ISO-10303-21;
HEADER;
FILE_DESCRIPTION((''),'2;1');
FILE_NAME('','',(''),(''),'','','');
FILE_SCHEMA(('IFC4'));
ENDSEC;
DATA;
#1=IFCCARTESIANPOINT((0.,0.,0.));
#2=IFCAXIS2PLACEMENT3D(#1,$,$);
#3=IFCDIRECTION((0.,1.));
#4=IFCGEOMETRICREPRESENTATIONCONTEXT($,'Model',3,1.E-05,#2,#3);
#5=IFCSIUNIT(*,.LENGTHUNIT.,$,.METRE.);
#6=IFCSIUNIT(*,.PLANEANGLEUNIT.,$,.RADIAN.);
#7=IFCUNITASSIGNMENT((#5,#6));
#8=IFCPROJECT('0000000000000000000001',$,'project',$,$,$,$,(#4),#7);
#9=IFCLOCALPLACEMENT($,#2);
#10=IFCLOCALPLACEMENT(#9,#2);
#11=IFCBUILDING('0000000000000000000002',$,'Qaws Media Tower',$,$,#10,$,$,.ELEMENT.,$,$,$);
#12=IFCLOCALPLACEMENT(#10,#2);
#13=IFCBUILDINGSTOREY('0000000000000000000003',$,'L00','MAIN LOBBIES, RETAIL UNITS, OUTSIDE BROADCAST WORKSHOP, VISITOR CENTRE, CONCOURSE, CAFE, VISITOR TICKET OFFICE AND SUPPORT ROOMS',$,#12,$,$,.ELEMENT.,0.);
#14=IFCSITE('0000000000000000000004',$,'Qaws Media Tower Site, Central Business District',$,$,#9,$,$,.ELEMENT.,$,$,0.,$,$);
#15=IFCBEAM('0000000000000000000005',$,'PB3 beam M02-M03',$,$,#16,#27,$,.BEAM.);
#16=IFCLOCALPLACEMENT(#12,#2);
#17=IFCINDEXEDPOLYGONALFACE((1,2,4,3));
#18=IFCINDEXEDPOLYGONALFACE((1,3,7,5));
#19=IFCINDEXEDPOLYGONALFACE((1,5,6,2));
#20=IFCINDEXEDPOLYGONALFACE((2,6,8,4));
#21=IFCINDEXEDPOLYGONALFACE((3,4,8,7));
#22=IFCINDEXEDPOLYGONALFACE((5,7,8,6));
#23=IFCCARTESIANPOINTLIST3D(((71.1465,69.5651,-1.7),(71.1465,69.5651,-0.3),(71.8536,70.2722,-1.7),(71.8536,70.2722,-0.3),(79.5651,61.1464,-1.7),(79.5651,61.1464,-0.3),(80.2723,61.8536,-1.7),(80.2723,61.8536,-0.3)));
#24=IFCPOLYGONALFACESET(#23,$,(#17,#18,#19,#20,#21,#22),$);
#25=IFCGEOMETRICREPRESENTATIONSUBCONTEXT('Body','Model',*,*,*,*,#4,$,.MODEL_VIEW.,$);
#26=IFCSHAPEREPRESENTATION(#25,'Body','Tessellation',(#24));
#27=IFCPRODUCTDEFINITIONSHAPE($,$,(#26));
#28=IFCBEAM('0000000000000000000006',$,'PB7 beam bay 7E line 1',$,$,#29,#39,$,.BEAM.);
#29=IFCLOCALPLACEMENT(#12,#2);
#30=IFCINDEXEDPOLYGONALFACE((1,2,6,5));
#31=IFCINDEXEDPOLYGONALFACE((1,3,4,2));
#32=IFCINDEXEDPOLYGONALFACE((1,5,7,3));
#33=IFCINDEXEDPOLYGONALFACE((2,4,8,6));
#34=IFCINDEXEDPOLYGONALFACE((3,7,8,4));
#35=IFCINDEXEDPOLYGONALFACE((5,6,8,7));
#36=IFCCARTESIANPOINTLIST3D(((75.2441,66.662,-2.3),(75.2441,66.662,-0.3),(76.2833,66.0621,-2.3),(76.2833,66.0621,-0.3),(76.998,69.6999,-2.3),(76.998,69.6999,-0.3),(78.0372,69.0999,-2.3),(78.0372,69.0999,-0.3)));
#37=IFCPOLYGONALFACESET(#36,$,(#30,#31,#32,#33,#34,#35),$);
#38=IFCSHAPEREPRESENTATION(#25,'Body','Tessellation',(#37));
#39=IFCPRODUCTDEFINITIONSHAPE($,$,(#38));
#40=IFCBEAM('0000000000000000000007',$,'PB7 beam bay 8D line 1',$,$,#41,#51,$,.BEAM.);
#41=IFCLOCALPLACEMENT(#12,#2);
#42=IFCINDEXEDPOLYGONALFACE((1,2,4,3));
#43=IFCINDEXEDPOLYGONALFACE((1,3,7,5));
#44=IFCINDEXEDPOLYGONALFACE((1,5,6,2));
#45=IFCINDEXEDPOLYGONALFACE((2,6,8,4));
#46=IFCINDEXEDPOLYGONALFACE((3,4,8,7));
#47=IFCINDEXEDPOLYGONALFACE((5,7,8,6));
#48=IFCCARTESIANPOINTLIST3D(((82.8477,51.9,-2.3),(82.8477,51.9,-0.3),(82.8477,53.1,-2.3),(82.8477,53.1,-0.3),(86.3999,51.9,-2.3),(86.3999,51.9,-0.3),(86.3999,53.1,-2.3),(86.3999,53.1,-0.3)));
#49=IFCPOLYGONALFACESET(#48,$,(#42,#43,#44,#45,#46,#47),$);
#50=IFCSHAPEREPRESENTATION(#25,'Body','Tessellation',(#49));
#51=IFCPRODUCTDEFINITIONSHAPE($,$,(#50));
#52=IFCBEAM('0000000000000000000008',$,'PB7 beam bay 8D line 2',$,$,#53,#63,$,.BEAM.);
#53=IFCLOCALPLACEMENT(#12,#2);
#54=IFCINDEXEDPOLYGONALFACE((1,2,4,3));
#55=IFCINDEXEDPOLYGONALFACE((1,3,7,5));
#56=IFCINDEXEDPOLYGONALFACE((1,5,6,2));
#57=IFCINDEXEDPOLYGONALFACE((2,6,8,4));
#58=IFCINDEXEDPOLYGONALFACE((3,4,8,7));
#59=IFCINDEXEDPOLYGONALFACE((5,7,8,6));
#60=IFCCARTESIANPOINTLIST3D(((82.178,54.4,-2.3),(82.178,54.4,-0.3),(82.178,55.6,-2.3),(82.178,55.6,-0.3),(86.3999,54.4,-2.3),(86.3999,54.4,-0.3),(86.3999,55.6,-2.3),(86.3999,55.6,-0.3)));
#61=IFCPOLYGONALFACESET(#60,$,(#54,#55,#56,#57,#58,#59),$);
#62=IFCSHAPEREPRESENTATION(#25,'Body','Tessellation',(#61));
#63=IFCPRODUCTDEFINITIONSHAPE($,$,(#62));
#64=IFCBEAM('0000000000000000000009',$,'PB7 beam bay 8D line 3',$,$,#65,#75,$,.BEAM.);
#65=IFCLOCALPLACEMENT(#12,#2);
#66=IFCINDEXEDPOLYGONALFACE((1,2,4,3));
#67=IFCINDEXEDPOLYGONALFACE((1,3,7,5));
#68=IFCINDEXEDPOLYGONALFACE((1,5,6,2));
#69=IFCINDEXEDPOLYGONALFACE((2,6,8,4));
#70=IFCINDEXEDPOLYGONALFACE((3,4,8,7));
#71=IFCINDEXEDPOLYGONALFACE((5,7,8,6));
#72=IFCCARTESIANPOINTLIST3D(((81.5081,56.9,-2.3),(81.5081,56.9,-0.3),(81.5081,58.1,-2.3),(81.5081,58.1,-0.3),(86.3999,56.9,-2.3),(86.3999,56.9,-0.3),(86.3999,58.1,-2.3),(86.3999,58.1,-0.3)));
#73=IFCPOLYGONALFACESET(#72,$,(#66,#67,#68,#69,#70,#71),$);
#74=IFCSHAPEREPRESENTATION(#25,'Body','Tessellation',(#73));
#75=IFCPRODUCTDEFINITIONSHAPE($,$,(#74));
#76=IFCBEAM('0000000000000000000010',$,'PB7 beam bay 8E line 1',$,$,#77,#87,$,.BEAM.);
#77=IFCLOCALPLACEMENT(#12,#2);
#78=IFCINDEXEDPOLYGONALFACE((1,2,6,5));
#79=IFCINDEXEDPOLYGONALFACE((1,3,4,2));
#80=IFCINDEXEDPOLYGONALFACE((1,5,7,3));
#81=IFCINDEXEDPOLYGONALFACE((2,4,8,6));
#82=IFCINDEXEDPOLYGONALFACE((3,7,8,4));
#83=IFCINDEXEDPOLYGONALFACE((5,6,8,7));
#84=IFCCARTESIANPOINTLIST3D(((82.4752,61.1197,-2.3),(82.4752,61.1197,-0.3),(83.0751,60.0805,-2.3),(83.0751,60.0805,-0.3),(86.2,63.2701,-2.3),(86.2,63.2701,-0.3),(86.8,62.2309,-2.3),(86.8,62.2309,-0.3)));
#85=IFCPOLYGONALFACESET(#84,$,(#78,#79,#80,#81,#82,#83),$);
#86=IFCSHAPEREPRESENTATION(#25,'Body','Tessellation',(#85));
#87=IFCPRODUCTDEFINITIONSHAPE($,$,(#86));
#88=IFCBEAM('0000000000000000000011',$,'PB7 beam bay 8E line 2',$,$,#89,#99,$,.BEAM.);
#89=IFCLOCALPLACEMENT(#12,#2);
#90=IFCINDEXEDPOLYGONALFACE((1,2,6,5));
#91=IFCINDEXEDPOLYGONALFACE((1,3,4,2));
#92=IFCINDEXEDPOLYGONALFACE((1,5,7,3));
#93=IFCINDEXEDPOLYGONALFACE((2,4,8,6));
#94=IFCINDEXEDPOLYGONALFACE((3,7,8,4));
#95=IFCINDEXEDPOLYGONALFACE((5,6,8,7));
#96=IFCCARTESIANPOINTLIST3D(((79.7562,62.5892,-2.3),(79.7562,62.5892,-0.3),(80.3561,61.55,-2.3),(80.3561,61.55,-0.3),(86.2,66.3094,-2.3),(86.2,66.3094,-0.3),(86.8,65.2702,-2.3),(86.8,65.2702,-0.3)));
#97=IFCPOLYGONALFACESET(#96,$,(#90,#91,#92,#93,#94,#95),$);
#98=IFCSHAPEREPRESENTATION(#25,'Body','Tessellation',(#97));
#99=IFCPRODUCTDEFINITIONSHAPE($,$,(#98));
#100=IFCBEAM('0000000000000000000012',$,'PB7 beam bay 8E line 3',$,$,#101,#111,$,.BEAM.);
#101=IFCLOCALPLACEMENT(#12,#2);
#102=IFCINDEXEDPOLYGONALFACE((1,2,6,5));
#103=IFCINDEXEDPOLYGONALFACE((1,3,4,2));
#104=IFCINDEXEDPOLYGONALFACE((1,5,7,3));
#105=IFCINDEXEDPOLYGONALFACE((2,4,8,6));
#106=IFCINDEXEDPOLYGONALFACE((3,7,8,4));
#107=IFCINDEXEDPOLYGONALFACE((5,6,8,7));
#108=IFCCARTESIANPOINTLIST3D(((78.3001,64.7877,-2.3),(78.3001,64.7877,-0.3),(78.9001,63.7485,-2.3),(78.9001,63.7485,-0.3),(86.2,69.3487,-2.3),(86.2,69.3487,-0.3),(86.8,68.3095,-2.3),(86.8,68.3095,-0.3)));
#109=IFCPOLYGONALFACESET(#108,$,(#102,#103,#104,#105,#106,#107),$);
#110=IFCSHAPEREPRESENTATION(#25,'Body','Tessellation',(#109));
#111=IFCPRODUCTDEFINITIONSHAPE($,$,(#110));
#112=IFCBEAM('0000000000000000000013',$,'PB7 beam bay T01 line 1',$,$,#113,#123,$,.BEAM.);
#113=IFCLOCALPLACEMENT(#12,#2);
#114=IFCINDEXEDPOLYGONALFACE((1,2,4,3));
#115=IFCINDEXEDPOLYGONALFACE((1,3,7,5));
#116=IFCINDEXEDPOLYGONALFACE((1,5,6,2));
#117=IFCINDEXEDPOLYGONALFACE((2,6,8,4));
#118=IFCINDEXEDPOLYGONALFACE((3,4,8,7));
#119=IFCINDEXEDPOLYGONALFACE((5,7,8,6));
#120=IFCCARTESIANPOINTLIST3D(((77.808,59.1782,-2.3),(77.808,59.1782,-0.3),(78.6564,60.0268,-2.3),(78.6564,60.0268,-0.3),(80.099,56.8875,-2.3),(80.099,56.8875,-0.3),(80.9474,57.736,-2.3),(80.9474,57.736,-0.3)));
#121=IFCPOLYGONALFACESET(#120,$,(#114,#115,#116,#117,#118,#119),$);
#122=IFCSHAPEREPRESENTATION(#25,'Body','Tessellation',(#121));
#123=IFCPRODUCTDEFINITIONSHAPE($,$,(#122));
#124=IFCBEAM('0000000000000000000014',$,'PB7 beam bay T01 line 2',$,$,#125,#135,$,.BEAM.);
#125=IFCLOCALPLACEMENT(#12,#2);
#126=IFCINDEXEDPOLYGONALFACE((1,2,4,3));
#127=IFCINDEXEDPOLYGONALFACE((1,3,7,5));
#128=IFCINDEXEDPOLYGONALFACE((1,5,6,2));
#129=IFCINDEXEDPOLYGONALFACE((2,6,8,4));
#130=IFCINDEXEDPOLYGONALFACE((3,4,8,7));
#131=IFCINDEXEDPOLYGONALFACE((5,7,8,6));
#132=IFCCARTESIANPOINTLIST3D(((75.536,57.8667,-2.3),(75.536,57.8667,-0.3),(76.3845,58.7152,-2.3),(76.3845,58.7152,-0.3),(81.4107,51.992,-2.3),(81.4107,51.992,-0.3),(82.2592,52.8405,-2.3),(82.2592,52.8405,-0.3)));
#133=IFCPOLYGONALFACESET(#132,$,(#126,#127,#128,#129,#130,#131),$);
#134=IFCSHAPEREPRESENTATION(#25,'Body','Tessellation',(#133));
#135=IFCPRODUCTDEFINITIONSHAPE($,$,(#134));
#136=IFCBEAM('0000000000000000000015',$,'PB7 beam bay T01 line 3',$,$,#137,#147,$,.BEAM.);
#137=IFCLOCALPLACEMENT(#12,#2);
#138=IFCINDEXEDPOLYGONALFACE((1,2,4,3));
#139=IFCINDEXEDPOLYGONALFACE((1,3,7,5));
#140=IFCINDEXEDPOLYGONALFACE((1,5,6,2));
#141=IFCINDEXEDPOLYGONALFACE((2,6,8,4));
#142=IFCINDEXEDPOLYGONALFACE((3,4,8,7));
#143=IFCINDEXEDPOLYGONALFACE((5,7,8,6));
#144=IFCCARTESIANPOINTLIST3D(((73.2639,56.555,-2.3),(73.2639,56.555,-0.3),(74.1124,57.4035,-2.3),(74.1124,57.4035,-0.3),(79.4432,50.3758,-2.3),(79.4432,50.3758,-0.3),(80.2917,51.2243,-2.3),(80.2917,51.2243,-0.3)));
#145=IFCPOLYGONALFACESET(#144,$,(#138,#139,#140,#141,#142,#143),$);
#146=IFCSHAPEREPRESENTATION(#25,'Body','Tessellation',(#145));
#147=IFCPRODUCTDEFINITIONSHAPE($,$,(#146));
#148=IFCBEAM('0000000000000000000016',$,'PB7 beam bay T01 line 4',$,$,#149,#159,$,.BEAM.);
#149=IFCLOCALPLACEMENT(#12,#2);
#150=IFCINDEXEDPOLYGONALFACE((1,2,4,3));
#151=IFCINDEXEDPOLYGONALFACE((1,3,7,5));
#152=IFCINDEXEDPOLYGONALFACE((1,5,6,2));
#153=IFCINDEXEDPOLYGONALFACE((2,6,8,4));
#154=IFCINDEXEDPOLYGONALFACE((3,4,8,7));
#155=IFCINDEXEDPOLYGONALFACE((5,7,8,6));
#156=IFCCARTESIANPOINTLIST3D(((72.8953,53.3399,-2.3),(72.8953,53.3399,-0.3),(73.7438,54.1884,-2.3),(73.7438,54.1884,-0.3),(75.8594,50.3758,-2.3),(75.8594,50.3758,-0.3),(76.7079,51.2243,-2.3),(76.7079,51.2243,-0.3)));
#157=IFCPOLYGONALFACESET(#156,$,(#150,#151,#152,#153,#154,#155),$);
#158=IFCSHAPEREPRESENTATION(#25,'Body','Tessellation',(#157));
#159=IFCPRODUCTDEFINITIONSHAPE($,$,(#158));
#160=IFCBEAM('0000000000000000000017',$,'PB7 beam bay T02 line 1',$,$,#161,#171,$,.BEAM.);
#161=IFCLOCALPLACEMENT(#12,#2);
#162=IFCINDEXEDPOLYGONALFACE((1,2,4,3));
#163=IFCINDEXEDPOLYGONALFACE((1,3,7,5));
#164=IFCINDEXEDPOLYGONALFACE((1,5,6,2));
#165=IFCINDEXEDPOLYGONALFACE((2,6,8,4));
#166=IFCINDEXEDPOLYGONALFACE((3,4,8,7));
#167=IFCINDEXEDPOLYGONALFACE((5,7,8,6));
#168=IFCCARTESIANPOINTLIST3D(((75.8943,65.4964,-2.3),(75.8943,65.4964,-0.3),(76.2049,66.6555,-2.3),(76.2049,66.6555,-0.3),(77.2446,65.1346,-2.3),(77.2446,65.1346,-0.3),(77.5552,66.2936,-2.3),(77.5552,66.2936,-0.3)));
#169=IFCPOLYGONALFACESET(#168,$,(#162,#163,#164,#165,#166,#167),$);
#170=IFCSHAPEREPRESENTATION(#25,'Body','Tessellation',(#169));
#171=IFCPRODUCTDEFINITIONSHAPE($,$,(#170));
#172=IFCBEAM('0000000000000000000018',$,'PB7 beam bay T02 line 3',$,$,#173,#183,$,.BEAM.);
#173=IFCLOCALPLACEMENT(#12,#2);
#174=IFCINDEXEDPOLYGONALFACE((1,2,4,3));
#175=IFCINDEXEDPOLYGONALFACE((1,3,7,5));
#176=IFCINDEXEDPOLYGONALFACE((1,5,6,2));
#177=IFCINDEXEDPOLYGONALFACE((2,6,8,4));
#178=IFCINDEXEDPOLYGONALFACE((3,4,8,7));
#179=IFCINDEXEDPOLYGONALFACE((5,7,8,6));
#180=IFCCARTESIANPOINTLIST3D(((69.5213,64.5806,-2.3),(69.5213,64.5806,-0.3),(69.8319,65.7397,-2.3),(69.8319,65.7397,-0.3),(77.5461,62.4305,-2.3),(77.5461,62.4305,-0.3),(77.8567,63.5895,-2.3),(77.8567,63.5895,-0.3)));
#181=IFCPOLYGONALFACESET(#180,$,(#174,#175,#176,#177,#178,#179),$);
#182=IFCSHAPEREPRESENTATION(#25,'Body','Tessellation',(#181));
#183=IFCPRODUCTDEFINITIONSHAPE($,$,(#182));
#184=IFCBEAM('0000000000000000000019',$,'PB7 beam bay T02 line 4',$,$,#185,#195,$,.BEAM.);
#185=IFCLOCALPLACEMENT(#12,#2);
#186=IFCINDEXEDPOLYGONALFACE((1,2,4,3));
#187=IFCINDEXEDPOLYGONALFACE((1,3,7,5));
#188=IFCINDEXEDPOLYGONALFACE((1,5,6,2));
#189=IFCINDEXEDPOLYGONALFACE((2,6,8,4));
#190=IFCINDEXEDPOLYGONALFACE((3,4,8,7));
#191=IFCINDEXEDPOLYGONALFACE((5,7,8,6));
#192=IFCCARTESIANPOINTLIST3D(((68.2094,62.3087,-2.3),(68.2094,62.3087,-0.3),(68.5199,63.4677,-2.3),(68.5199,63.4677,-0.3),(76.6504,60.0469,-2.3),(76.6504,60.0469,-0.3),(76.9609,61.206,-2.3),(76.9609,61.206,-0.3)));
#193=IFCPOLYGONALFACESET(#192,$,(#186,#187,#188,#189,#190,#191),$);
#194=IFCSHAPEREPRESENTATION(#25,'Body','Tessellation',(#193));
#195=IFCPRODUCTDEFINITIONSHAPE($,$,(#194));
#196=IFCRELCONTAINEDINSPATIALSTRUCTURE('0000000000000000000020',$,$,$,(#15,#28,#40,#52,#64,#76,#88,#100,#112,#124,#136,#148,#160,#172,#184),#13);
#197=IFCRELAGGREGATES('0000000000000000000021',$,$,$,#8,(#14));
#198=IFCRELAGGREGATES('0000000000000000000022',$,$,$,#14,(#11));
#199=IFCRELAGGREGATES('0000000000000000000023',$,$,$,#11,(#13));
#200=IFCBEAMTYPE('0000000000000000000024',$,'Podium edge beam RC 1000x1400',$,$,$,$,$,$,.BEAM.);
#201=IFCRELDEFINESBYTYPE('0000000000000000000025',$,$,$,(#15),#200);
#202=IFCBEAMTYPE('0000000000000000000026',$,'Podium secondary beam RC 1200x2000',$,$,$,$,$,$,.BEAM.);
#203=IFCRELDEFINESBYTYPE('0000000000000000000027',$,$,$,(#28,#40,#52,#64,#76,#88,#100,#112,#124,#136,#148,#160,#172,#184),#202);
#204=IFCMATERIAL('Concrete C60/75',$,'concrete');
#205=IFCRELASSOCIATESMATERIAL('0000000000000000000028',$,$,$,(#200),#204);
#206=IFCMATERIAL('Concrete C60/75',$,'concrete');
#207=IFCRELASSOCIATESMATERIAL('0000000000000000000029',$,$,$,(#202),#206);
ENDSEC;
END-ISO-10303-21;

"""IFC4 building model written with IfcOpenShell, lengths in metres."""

from ifc_helpers import new_model, si_unit, direction, frame, origin, origin_2d, place, context, subcontext, project, spatial, rectangle, extrude, material, material_profile, profile_set, type_object, element, save


model = new_model("IFC4")

# Units and contexts
model_context = context("Model", 3, precision=1e-05, world=origin(), true_north=direction((0.0, 1.0)))
body_context = subcontext(model_context, "Body", "Model", "MODEL_VIEW")
ifc_project = project(units=[si_unit("LENGTHUNIT", "METRE"), si_unit("PLANEANGLEUNIT", "RADIAN")], contexts=[model_context])

# Site, building, storey
site_placement = place(None, origin())
site = spatial("IfcSite", under=ifc_project, at=site_placement, Name="Qaws Media Tower Site, Central Business District", CompositionType="ELEMENT", RefElevation=0.0)
building_placement = place(site_placement, origin())
building = spatial("IfcBuilding", under=site, at=building_placement, Name="Qaws Media Tower", CompositionType="ELEMENT")
storey_placement = place(building_placement, origin())
storey = spatial("IfcBuildingStorey", under=building, at=storey_placement, Name="L00", Description="MAIN LOBBIES, RETAIL UNITS, OUTSIDE BROADCAST WORKSHOP, VISITOR CENTRE, CONCOURSE, CAFE, VISITOR TICKET OFFICE AND SUPPORT ROOMS", CompositionType="ELEMENT", Elevation=0.0)

# Beams
ifc_material_1 = material(Name="Concrete C60/75", Category="concrete")
ifc_material_profile_1 = material_profile(ifc_material_1, rectangle(XDim=1.0, YDim=1.3999, at=origin_2d()), Name="RC 1000x1400")
ifc_profile_set_1 = profile_set([ifc_material_profile_1], Name="Concrete C60/75")
beam_type_1 = type_object("IfcBeamType", Name="Podium edge beam RC 1000x1400", PredefinedType="BEAM", material=ifc_profile_set_1)
for number, where, z_axis, x_axis, name in (
    (1, (79.9187, 61.5, -1.0), (-0.707107, 0.707107, 0.0), (-0.707107, -0.707107, 0.0), "PB3 beam M02-M03"),
):
    element("IfcBeam", number, at=place(storey_placement, frame(where, z_axis=z_axis, x_axis=x_axis)), inside=storey, type_object=beam_type_1, Name=name, PredefinedType="BEAM", context=body_context, shape_type="SweptSolid", body=[
        extrude(rectangle(XDim=1.0, YDim=1.3999, at=origin_2d()), origin(), (0.0, 0.0, 1.0), 11.9058),
    ])
ifc_material_2 = material(Name="Concrete C60/75", Category="concrete")
ifc_material_profile_2 = material_profile(ifc_material_2, rectangle(XDim=1.2, YDim=2.0, at=origin_2d()), Name="RC 1200x2000")
ifc_profile_set_2 = profile_set([ifc_material_profile_2], Name="Concrete C60/75")
beam_type_2 = type_object("IfcBeamType", Name="Podium secondary beam RC 1200x2000", PredefinedType="BEAM", material=ifc_profile_set_2)
beam_1_placement = place(storey_placement, frame((75.7637, 66.3621, -1.3), z_axis=(0.500002, 0.866024, 0.0), x_axis=(-0.866024, 0.500002, 0.0)))
element("IfcBeam", 2, at=beam_1_placement, inside=storey, type_object=beam_type_2, Name="PB7 beam bay 7E line 1", PredefinedType="BEAM", context=body_context, shape_type="SweptSolid", body=[
    extrude(rectangle(XDim=1.2, YDim=2.0, at=origin_2d()), origin(), (0.0, 0.0, 1.0), 3.5078),
])
beam_2_placement = place(storey_placement, frame((82.8477, 52.5, -1.3), z_axis=(1.0, 0.0, 0.0), x_axis=(0.0, 1.0, 0.0)))
element("IfcBeam", 3, at=beam_2_placement, inside=storey, type_object=beam_type_2, Name="PB7 beam bay 8D line 1", PredefinedType="BEAM", context=body_context, shape_type="SweptSolid", body=[
    extrude(rectangle(XDim=1.2, YDim=2.0, at=origin_2d()), origin(), (0.0, 0.0, 1.0), 3.5522),
])
beam_3_placement = place(storey_placement, frame((82.178, 55.0, -1.3), z_axis=(1.0, 0.0, 0.0), x_axis=(0.0, 1.0, 0.0)))
element("IfcBeam", 4, at=beam_3_placement, inside=storey, type_object=beam_type_2, Name="PB7 beam bay 8D line 2", PredefinedType="BEAM", context=body_context, shape_type="SweptSolid", body=[
    extrude(rectangle(XDim=1.2, YDim=2.0, at=origin_2d()), origin(), (0.0, 0.0, 1.0), 4.2219),
])
beam_4_placement = place(storey_placement, frame((81.5081, 57.5, -1.3), z_axis=(1.0, 0.0, 0.0), x_axis=(0.0, 1.0, 0.0)))
element("IfcBeam", 5, at=beam_4_placement, inside=storey, type_object=beam_type_2, Name="PB7 beam bay 8D line 3", PredefinedType="BEAM", context=body_context, shape_type="SweptSolid", body=[
    extrude(rectangle(XDim=1.2, YDim=2.0, at=origin_2d()), origin(), (0.0, 0.0, 1.0), 4.8918),
])
beam_5_placement = place(storey_placement, frame((82.7751, 60.6001, -1.3), z_axis=(0.866041, 0.499973, 0.0), x_axis=(-0.499973, 0.866041, 0.0)))
element("IfcBeam", 6, at=beam_5_placement, inside=storey, type_object=beam_type_2, Name="PB7 beam bay 8E line 1", PredefinedType="BEAM", context=body_context, shape_type="SweptSolid", body=[
    extrude(rectangle(XDim=1.2, YDim=2.0, at=origin_2d()), origin(), (0.0, 0.0, 1.0), 4.301),
])
beam_6_placement = place(storey_placement, frame((80.0562, 62.0696, -1.3), z_axis=(0.866034, 0.499986, 0.0), x_axis=(-0.499986, 0.866034, 0.0)))
element("IfcBeam", 7, at=beam_6_placement, inside=storey, type_object=beam_type_2, Name="PB7 beam bay 8E line 2", PredefinedType="BEAM", context=body_context, shape_type="SweptSolid", body=[
    extrude(rectangle(XDim=1.2, YDim=2.0, at=origin_2d()), origin(), (0.0, 0.0, 1.0), 7.4407),
])
beam_7_placement = place(storey_placement, frame((78.6001, 64.2681, -1.3), z_axis=(0.866024, 0.500002, 0.0), x_axis=(-0.500002, 0.866024, 0.0)))
element("IfcBeam", 8, at=beam_7_placement, inside=storey, type_object=beam_type_2, Name="PB7 beam bay 8E line 3", PredefinedType="BEAM", context=body_context, shape_type="SweptSolid", body=[
    extrude(rectangle(XDim=1.2, YDim=2.0, at=origin_2d()), origin(), (0.0, 0.0, 1.0), 9.1221),
])
beam_8_placement = place(storey_placement, frame((80.5232, 57.3118, -1.3), z_axis=(-0.707144, 0.707069, 0.0), x_axis=(-0.707069, -0.707144, 0.0)))
element("IfcBeam", 9, at=beam_8_placement, inside=storey, type_object=beam_type_2, Name="PB7 beam bay T01 line 1", PredefinedType="BEAM", context=body_context, shape_type="SweptSolid", body=[
    extrude(rectangle(XDim=1.2, YDim=2.0, at=origin_2d()), origin(), (0.0, 0.0, 1.0), 3.2397),
])
beam_9_placement = place(storey_placement, frame((81.835, 52.4163, -1.3), z_axis=(-0.707107, 0.707107, 0.0), x_axis=(-0.707107, -0.707107, 0.0)))
element("IfcBeam", 10, at=beam_9_placement, inside=storey, type_object=beam_type_2, Name="PB7 beam bay T01 line 2", PredefinedType="BEAM", context=body_context, shape_type="SweptSolid", body=[
    extrude(rectangle(XDim=1.2, YDim=2.0, at=origin_2d()), origin(), (0.0, 0.0, 1.0), 8.3081),
])
beam_10_placement = place(storey_placement, frame((79.8674, 50.8, -1.3), z_axis=(-0.707107, 0.707107, 0.0), x_axis=(-0.707107, -0.707107, 0.0)))
element("IfcBeam", 11, at=beam_10_placement, inside=storey, type_object=beam_type_2, Name="PB7 beam bay T01 line 3", PredefinedType="BEAM", context=body_context, shape_type="SweptSolid", body=[
    extrude(rectangle(XDim=1.2, YDim=2.0, at=origin_2d()), origin(), (0.0, 0.0, 1.0), 8.7388),
])
beam_11_placement = place(storey_placement, frame((76.2837, 50.8, -1.3), z_axis=(-0.707107, 0.707107, 0.0), x_axis=(-0.707107, -0.707107, 0.0)))
element("IfcBeam", 12, at=beam_11_placement, inside=storey, type_object=beam_type_2, Name="PB7 beam bay T01 line 4", PredefinedType="BEAM", context=body_context, shape_type="SweptSolid", body=[
    extrude(rectangle(XDim=1.2, YDim=2.0, at=origin_2d()), origin(), (0.0, 0.0, 1.0), 4.1919),
])
beam_12_placement = place(storey_placement, frame((77.3999, 65.7141, -1.3), z_axis=(-0.965927, 0.258815, 0.0), x_axis=(-0.258815, -0.965927, 0.0)))
element("IfcBeam", 13, at=beam_12_placement, inside=storey, type_object=beam_type_2, Name="PB7 beam bay T02 line 1", PredefinedType="BEAM", context=body_context, shape_type="SweptSolid", body=[
    extrude(rectangle(XDim=1.2, YDim=2.0, at=origin_2d()), origin(), (0.0, 0.0, 1.0), 1.3979),
])
beam_13_placement = place(storey_placement, frame((77.7014, 63.01, -1.3), z_axis=(-0.965929, 0.258806, 0.0), x_axis=(-0.258806, -0.965929, 0.0)))
element("IfcBeam", 14, at=beam_13_placement, inside=storey, type_object=beam_type_2, Name="PB7 beam bay T02 line 3", PredefinedType="BEAM", context=body_context, shape_type="SweptSolid", body=[
    extrude(rectangle(XDim=1.2, YDim=2.0, at=origin_2d()), origin(), (0.0, 0.0, 1.0), 8.3079),
])
beam_14_placement = place(storey_placement, frame((76.8057, 60.6265, -1.3), z_axis=(-0.965926, 0.258817, 0.0), x_axis=(-0.258817, -0.965926, 0.0)))
element("IfcBeam", 15, at=beam_14_placement, inside=storey, type_object=beam_type_2, Name="PB7 beam bay T02 line 4", PredefinedType="BEAM", context=body_context, shape_type="SweptSolid", body=[
    extrude(rectangle(XDim=1.2, YDim=2.0, at=origin_2d()), origin(), (0.0, 0.0, 1.0), 8.7388),
])

save(model, "model.ifc")
